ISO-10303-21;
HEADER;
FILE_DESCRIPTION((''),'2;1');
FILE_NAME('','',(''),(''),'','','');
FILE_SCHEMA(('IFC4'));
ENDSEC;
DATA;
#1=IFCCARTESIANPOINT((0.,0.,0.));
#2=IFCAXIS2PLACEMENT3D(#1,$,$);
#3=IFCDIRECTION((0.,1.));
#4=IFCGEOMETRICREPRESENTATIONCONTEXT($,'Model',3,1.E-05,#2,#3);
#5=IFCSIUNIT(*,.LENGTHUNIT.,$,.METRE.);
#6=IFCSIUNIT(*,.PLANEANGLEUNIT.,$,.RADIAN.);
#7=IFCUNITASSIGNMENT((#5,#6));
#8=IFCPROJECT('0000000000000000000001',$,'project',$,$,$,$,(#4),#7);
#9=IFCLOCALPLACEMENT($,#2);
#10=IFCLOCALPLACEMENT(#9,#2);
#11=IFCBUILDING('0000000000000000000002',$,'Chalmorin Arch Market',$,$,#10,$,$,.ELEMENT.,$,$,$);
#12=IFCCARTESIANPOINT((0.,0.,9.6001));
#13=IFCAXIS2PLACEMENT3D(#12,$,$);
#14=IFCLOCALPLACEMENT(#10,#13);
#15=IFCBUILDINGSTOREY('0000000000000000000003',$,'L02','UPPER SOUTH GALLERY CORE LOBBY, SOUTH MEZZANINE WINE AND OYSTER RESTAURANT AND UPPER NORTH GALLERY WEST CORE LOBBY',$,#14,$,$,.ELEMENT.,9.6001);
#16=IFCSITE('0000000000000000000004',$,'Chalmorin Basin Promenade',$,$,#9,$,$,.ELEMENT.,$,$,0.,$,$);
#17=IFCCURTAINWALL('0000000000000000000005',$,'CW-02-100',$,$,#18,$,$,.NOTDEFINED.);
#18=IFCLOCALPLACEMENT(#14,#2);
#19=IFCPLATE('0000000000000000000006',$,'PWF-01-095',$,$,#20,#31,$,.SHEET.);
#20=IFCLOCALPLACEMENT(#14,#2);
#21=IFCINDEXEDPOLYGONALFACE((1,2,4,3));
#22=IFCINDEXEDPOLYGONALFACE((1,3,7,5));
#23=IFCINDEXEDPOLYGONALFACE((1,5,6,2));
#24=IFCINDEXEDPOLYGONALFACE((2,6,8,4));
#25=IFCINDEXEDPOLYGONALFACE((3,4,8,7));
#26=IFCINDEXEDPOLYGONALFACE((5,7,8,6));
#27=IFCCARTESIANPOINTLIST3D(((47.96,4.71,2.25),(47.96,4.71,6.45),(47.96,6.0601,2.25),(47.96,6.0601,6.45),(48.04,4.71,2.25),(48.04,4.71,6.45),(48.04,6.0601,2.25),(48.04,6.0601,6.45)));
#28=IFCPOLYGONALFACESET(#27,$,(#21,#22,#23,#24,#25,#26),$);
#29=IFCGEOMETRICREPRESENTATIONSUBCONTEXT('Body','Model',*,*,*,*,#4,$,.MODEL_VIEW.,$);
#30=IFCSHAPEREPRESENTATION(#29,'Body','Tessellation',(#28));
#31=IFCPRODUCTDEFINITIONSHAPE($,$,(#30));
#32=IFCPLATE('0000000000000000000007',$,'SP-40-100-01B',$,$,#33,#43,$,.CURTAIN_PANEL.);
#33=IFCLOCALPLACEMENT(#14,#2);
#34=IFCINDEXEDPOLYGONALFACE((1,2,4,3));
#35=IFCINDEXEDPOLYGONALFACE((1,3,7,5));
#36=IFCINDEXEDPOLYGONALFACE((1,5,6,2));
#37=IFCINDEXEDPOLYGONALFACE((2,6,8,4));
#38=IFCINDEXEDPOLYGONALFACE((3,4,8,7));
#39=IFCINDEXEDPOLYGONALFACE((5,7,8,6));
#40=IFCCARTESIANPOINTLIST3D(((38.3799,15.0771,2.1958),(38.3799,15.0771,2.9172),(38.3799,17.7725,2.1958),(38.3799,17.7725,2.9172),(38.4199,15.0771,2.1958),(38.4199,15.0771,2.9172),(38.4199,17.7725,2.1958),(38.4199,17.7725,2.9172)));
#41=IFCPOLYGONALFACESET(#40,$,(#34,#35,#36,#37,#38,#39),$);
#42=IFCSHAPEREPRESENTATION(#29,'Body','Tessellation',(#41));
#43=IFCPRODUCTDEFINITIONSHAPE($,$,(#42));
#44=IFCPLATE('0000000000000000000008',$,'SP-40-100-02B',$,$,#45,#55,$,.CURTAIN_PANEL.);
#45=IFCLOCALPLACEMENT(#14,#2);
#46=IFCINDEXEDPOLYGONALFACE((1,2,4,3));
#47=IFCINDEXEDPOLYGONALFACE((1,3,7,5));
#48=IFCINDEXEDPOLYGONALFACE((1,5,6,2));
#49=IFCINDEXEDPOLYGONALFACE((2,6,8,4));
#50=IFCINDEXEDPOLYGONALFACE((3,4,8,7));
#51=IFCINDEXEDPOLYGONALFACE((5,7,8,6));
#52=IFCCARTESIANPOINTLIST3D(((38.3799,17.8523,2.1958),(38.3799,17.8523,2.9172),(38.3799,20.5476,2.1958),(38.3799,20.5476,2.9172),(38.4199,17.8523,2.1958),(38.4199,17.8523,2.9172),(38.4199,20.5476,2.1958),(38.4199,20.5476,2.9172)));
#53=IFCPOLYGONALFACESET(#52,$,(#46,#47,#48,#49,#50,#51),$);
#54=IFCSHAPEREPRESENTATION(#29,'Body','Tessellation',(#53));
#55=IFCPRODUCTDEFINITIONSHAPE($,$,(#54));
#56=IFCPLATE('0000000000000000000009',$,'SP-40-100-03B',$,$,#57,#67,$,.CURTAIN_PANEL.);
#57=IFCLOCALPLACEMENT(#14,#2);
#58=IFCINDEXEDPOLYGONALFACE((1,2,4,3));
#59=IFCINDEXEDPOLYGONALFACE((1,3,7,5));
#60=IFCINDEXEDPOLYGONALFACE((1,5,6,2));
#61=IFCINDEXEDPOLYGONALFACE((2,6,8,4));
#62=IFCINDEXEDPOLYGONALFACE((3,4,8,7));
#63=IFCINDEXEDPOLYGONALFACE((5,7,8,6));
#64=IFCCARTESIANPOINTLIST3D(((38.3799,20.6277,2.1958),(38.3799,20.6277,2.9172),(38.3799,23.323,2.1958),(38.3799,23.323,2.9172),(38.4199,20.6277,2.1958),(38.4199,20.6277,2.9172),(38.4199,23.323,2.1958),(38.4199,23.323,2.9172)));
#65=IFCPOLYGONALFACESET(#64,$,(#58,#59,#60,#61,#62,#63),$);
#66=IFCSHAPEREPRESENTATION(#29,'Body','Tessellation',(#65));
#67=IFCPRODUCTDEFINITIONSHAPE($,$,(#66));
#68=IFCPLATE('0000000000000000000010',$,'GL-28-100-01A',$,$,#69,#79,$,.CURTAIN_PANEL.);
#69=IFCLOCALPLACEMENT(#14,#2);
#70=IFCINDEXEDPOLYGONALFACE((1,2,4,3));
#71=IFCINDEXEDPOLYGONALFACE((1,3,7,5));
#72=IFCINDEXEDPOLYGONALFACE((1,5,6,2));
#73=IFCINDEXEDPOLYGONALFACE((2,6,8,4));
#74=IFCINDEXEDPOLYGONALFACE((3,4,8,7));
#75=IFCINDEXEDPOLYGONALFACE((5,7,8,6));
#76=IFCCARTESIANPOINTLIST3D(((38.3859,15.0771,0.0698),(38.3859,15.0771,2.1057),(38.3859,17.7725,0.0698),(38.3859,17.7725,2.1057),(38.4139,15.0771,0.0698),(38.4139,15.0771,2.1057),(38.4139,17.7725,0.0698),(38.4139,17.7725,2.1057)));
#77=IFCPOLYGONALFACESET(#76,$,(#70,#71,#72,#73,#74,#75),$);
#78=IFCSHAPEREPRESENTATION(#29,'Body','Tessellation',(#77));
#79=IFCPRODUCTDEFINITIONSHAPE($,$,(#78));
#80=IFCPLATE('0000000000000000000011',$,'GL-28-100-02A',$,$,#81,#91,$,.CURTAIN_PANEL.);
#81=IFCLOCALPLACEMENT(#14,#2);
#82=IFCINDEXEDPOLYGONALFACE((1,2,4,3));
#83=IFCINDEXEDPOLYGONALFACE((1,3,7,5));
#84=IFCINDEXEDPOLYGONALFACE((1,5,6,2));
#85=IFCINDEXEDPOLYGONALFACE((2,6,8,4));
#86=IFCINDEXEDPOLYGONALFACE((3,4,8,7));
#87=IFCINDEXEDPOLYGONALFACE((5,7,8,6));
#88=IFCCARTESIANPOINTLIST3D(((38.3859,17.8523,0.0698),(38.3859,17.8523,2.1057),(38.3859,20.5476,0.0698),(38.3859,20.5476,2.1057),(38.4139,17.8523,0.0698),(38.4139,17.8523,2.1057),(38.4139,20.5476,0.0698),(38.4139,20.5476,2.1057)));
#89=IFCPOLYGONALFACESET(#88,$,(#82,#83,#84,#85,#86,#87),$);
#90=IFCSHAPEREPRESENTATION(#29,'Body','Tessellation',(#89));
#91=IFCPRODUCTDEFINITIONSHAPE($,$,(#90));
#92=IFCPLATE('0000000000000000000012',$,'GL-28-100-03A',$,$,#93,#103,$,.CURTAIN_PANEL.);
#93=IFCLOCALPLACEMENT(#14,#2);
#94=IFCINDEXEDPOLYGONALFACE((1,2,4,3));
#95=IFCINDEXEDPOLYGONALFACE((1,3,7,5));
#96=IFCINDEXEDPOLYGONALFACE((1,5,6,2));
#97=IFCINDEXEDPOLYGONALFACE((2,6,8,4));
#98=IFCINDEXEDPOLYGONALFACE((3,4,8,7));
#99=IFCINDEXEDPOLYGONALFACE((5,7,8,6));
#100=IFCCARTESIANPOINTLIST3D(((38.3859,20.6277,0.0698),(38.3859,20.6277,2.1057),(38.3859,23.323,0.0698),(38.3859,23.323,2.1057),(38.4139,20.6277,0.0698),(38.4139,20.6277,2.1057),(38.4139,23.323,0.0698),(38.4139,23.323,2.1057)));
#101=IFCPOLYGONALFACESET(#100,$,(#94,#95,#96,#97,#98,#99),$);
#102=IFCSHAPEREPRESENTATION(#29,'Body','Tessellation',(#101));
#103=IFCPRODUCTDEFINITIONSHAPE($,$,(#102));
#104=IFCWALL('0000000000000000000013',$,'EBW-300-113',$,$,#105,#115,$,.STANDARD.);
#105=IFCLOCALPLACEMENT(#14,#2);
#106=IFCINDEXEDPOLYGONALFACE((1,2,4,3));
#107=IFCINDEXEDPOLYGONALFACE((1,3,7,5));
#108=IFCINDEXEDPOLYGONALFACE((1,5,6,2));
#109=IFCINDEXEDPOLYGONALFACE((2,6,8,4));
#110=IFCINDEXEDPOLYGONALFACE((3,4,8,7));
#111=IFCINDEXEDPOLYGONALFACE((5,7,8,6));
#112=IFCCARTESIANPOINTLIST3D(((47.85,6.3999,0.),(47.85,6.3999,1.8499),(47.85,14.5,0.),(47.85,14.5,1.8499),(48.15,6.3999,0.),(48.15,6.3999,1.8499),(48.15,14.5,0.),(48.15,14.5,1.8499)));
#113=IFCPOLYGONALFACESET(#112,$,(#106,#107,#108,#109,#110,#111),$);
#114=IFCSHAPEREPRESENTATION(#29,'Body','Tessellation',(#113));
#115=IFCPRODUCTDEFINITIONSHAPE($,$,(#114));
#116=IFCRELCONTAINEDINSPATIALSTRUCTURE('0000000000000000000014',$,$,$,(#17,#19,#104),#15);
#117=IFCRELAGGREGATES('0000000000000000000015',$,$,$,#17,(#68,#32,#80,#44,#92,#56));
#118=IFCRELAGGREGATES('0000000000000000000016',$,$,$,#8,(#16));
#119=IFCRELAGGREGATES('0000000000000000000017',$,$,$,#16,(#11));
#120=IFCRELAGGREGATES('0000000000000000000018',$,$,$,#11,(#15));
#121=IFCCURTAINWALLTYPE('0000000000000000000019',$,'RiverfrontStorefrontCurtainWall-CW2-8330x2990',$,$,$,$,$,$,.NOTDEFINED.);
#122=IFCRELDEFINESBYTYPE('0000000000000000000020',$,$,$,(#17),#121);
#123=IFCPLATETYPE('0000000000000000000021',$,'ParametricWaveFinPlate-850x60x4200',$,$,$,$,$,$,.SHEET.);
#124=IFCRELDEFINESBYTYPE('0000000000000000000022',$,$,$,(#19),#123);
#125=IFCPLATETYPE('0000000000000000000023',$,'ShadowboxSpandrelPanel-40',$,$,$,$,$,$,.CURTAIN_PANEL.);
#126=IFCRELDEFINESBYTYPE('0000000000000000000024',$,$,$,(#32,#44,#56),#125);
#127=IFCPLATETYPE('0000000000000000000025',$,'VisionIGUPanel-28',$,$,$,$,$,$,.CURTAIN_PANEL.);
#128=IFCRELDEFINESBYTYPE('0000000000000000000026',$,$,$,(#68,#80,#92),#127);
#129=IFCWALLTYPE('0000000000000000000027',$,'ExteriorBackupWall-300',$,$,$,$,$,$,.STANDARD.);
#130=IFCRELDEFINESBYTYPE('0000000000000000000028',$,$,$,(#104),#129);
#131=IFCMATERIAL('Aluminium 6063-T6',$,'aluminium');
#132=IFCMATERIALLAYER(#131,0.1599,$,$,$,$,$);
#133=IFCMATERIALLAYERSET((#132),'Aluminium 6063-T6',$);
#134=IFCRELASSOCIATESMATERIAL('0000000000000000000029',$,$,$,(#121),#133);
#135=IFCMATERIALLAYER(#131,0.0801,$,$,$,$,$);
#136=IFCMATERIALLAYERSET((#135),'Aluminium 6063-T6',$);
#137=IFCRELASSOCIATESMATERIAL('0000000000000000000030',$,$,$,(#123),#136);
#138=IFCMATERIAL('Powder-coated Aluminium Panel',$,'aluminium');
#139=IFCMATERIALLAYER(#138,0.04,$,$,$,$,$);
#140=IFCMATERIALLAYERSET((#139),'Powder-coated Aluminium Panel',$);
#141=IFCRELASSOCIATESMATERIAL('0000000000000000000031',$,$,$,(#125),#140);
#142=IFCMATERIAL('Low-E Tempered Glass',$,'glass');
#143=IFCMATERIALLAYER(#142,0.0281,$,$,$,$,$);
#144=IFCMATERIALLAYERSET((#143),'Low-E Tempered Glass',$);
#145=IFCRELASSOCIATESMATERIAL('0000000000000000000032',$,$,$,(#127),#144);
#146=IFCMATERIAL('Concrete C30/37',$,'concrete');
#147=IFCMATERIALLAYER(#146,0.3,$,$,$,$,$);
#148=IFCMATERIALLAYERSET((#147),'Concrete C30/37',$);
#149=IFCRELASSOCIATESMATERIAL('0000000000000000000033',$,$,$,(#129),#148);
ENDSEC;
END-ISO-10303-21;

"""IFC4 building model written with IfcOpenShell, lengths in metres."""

from ifc_helpers import new_model, si_unit, direction, frame, frame_2d, origin, origin_2d, place, context, subcontext, project, spatial, rectangle, extrude, material, layer, layer_set, type_object, element, aggregate, save


model = new_model("IFC4")

# Units and contexts
model_context = context("Model", 3, precision=1e-05, world=origin(), true_north=direction((0.0, 1.0)))
body_context = subcontext(model_context, "Body", "Model", "MODEL_VIEW")
ifc_project = project(units=[si_unit("LENGTHUNIT", "METRE"), si_unit("PLANEANGLEUNIT", "RADIAN")], contexts=[model_context])

# Site, building, storey
site_placement = place(None, origin())
site = spatial("IfcSite", under=ifc_project, at=site_placement, Name="Chalmorin Basin Promenade", CompositionType="ELEMENT", RefElevation=0.0)
building_placement = place(site_placement, origin())
building = spatial("IfcBuilding", under=site, at=building_placement, Name="Chalmorin Arch Market", CompositionType="ELEMENT")
storey_placement = place(building_placement, frame((0.0, 0.0, 9.6001)))
storey = spatial("IfcBuildingStorey", under=building, at=storey_placement, Name="L02", Description="UPPER SOUTH GALLERY CORE LOBBY, SOUTH MEZZANINE WINE AND OYSTER RESTAURANT AND UPPER NORTH GALLERY WEST CORE LOBBY", CompositionType="ELEMENT", Elevation=9.6001)

# Curtain wall
ifc_material_1 = material(Name="Aluminium 6063-T6", Category="aluminium")
ifc_layer_1 = layer(ifc_material_1, 0.1599)
ifc_layer_set_1 = layer_set([ifc_layer_1], Name="Aluminium 6063-T6")
curtain_wall_type = type_object("IfcCurtainWallType", Name="RiverfrontStorefrontCurtainWall-CW2-8330x2990", PredefinedType="NOTDEFINED", material=ifc_layer_set_1)
curtain_wall_placement = place(storey_placement, origin())
curtain_wall = element("IfcCurtainWall", 1, at=curtain_wall_placement, inside=storey, type_object=curtain_wall_type, Name="CW-02-100", PredefinedType="NOTDEFINED")

# Plates
ifc_layer_2 = layer(ifc_material_1, 0.0801)
ifc_layer_set_2 = layer_set([ifc_layer_2], Name="Aluminium 6063-T6")
plate_type_1 = type_object("IfcPlateType", Name="ParametricWaveFinPlate-850x60x4200", PredefinedType="SHEET", material=ifc_layer_set_2)
plate_1_placement = place(storey_placement, frame((48.0, 5.385, 2.25), z_axis=(0.0, 0.0, 1.0), x_axis=(0.0, 1.0, 0.0)))
element("IfcPlate", 2, at=plate_1_placement, inside=storey, type_object=plate_type_1, Name="PWF-01-095", PredefinedType="SHEET", context=body_context, shape_type="SweptSolid", body=[
    extrude(rectangle(XDim=1.3501, YDim=0.0801, at=origin_2d()), origin(), (0.0, 0.0, 1.0), 4.2),
])
ifc_material_2 = material(Name="Powder-coated Aluminium Panel", Category="aluminium")
ifc_layer_3 = layer(ifc_material_2, 0.04)
ifc_layer_set_3 = layer_set([ifc_layer_3], Name="Powder-coated Aluminium Panel")
plate_type_2 = type_object("IfcPlateType", Name="ShadowboxSpandrelPanel-40", PredefinedType="CURTAIN_PANEL", material=ifc_layer_set_3)
plate_2_placement = place(storey_placement, frame((38.3999, 16.4248, 2.1958), z_axis=(0.0, 0.0, 1.0), x_axis=(0.0, 1.0, 0.0)))
plate_2 = element("IfcPlate", 3, at=plate_2_placement, type_object=plate_type_2, Name="SP-40-100-01B", PredefinedType="CURTAIN_PANEL", context=body_context, shape_type="SweptSolid", body=[
    extrude(rectangle(XDim=2.6953, YDim=0.04, at=origin_2d()), origin(), (0.0, 0.0, 1.0), 0.7214),
])
plate_3_placement = place(storey_placement, frame((38.3999, 19.2, 2.1958), z_axis=(0.0, 0.0, 1.0), x_axis=(0.0, 1.0, 0.0)))
plate_3 = element("IfcPlate", 4, at=plate_3_placement, type_object=plate_type_2, Name="SP-40-100-02B", PredefinedType="CURTAIN_PANEL", context=body_context, shape_type="SweptSolid", body=[
    extrude(rectangle(XDim=2.6953, YDim=0.04, at=origin_2d()), origin(), (0.0, 0.0, 1.0), 0.7214),
])
plate_4_placement = place(storey_placement, frame((38.3999, 21.9753, 2.1958), z_axis=(0.0, 0.0, 1.0), x_axis=(0.0, 1.0, 0.0)))
plate_4 = element("IfcPlate", 5, at=plate_4_placement, type_object=plate_type_2, Name="SP-40-100-03B", PredefinedType="CURTAIN_PANEL", context=body_context, shape_type="SweptSolid", body=[
    extrude(rectangle(XDim=2.6953, YDim=0.04, at=origin_2d()), origin(), (0.0, 0.0, 1.0), 0.7214),
])
ifc_material_3 = material(Name="Low-E Tempered Glass", Category="glass")
ifc_layer_4 = layer(ifc_material_3, 0.0281)
ifc_layer_set_4 = layer_set([ifc_layer_4], Name="Low-E Tempered Glass")
plate_type_3 = type_object("IfcPlateType", Name="VisionIGUPanel-28", PredefinedType="CURTAIN_PANEL", material=ifc_layer_set_4)
plate_5_placement = place(storey_placement, frame((38.3999, 16.4248, 0.0698), z_axis=(0.0, 0.0, 1.0), x_axis=(0.0, 1.0, 0.0)))
plate_5 = element("IfcPlate", 6, at=plate_5_placement, type_object=plate_type_3, Name="GL-28-100-01A", PredefinedType="CURTAIN_PANEL", context=body_context, shape_type="SweptSolid", body=[
    extrude(rectangle(XDim=2.6953, YDim=0.0281, at=origin_2d()), origin(), (0.0, 0.0, 1.0), 2.0359),
])
plate_6_placement = place(storey_placement, frame((38.3999, 19.2, 0.0698), z_axis=(0.0, 0.0, 1.0), x_axis=(0.0, 1.0, 0.0)))
plate_6 = element("IfcPlate", 7, at=plate_6_placement, type_object=plate_type_3, Name="GL-28-100-02A", PredefinedType="CURTAIN_PANEL", context=body_context, shape_type="SweptSolid", body=[
    extrude(rectangle(XDim=2.6953, YDim=0.0281, at=origin_2d()), origin(), (0.0, 0.0, 1.0), 2.0359),
])
plate_7_placement = place(storey_placement, frame((38.3999, 21.9753, 0.0698), z_axis=(0.0, 0.0, 1.0), x_axis=(0.0, 1.0, 0.0)))
plate_7 = element("IfcPlate", 8, at=plate_7_placement, type_object=plate_type_3, Name="GL-28-100-03A", PredefinedType="CURTAIN_PANEL", context=body_context, shape_type="SweptSolid", body=[
    extrude(rectangle(XDim=2.6953, YDim=0.0281, at=origin_2d()), origin(), (0.0, 0.0, 1.0), 2.0359),
])
aggregate(curtain_wall, [plate_5, plate_2, plate_6, plate_3, plate_7, plate_4])

# Wall
ifc_material_4 = material(Name="Concrete C30/37", Category="concrete")
ifc_layer_5 = layer(ifc_material_4, 0.3)
ifc_layer_set_5 = layer_set([ifc_layer_5], Name="Concrete C30/37")
wall_type = type_object("IfcWallType", Name="ExteriorBackupWall-300", PredefinedType="STANDARD", material=ifc_layer_set_5)
wall_placement = place(storey_placement, frame((48.0, 6.3999, 0.0), z_axis=(0.0, 0.0, 1.0), x_axis=(0.0, 1.0, 0.0)))
element("IfcWall", 9, at=wall_placement, inside=storey, type_object=wall_type, Name="EBW-300-113", PredefinedType="STANDARD", context=body_context, shape_type="SweptSolid", body=[
    extrude(rectangle(XDim=8.1001, YDim=0.3, at=frame_2d((4.05, 0.0))), origin(), (0.0, 0.0, 1.0), 1.8499),
])

save(model, "model.ifc")
